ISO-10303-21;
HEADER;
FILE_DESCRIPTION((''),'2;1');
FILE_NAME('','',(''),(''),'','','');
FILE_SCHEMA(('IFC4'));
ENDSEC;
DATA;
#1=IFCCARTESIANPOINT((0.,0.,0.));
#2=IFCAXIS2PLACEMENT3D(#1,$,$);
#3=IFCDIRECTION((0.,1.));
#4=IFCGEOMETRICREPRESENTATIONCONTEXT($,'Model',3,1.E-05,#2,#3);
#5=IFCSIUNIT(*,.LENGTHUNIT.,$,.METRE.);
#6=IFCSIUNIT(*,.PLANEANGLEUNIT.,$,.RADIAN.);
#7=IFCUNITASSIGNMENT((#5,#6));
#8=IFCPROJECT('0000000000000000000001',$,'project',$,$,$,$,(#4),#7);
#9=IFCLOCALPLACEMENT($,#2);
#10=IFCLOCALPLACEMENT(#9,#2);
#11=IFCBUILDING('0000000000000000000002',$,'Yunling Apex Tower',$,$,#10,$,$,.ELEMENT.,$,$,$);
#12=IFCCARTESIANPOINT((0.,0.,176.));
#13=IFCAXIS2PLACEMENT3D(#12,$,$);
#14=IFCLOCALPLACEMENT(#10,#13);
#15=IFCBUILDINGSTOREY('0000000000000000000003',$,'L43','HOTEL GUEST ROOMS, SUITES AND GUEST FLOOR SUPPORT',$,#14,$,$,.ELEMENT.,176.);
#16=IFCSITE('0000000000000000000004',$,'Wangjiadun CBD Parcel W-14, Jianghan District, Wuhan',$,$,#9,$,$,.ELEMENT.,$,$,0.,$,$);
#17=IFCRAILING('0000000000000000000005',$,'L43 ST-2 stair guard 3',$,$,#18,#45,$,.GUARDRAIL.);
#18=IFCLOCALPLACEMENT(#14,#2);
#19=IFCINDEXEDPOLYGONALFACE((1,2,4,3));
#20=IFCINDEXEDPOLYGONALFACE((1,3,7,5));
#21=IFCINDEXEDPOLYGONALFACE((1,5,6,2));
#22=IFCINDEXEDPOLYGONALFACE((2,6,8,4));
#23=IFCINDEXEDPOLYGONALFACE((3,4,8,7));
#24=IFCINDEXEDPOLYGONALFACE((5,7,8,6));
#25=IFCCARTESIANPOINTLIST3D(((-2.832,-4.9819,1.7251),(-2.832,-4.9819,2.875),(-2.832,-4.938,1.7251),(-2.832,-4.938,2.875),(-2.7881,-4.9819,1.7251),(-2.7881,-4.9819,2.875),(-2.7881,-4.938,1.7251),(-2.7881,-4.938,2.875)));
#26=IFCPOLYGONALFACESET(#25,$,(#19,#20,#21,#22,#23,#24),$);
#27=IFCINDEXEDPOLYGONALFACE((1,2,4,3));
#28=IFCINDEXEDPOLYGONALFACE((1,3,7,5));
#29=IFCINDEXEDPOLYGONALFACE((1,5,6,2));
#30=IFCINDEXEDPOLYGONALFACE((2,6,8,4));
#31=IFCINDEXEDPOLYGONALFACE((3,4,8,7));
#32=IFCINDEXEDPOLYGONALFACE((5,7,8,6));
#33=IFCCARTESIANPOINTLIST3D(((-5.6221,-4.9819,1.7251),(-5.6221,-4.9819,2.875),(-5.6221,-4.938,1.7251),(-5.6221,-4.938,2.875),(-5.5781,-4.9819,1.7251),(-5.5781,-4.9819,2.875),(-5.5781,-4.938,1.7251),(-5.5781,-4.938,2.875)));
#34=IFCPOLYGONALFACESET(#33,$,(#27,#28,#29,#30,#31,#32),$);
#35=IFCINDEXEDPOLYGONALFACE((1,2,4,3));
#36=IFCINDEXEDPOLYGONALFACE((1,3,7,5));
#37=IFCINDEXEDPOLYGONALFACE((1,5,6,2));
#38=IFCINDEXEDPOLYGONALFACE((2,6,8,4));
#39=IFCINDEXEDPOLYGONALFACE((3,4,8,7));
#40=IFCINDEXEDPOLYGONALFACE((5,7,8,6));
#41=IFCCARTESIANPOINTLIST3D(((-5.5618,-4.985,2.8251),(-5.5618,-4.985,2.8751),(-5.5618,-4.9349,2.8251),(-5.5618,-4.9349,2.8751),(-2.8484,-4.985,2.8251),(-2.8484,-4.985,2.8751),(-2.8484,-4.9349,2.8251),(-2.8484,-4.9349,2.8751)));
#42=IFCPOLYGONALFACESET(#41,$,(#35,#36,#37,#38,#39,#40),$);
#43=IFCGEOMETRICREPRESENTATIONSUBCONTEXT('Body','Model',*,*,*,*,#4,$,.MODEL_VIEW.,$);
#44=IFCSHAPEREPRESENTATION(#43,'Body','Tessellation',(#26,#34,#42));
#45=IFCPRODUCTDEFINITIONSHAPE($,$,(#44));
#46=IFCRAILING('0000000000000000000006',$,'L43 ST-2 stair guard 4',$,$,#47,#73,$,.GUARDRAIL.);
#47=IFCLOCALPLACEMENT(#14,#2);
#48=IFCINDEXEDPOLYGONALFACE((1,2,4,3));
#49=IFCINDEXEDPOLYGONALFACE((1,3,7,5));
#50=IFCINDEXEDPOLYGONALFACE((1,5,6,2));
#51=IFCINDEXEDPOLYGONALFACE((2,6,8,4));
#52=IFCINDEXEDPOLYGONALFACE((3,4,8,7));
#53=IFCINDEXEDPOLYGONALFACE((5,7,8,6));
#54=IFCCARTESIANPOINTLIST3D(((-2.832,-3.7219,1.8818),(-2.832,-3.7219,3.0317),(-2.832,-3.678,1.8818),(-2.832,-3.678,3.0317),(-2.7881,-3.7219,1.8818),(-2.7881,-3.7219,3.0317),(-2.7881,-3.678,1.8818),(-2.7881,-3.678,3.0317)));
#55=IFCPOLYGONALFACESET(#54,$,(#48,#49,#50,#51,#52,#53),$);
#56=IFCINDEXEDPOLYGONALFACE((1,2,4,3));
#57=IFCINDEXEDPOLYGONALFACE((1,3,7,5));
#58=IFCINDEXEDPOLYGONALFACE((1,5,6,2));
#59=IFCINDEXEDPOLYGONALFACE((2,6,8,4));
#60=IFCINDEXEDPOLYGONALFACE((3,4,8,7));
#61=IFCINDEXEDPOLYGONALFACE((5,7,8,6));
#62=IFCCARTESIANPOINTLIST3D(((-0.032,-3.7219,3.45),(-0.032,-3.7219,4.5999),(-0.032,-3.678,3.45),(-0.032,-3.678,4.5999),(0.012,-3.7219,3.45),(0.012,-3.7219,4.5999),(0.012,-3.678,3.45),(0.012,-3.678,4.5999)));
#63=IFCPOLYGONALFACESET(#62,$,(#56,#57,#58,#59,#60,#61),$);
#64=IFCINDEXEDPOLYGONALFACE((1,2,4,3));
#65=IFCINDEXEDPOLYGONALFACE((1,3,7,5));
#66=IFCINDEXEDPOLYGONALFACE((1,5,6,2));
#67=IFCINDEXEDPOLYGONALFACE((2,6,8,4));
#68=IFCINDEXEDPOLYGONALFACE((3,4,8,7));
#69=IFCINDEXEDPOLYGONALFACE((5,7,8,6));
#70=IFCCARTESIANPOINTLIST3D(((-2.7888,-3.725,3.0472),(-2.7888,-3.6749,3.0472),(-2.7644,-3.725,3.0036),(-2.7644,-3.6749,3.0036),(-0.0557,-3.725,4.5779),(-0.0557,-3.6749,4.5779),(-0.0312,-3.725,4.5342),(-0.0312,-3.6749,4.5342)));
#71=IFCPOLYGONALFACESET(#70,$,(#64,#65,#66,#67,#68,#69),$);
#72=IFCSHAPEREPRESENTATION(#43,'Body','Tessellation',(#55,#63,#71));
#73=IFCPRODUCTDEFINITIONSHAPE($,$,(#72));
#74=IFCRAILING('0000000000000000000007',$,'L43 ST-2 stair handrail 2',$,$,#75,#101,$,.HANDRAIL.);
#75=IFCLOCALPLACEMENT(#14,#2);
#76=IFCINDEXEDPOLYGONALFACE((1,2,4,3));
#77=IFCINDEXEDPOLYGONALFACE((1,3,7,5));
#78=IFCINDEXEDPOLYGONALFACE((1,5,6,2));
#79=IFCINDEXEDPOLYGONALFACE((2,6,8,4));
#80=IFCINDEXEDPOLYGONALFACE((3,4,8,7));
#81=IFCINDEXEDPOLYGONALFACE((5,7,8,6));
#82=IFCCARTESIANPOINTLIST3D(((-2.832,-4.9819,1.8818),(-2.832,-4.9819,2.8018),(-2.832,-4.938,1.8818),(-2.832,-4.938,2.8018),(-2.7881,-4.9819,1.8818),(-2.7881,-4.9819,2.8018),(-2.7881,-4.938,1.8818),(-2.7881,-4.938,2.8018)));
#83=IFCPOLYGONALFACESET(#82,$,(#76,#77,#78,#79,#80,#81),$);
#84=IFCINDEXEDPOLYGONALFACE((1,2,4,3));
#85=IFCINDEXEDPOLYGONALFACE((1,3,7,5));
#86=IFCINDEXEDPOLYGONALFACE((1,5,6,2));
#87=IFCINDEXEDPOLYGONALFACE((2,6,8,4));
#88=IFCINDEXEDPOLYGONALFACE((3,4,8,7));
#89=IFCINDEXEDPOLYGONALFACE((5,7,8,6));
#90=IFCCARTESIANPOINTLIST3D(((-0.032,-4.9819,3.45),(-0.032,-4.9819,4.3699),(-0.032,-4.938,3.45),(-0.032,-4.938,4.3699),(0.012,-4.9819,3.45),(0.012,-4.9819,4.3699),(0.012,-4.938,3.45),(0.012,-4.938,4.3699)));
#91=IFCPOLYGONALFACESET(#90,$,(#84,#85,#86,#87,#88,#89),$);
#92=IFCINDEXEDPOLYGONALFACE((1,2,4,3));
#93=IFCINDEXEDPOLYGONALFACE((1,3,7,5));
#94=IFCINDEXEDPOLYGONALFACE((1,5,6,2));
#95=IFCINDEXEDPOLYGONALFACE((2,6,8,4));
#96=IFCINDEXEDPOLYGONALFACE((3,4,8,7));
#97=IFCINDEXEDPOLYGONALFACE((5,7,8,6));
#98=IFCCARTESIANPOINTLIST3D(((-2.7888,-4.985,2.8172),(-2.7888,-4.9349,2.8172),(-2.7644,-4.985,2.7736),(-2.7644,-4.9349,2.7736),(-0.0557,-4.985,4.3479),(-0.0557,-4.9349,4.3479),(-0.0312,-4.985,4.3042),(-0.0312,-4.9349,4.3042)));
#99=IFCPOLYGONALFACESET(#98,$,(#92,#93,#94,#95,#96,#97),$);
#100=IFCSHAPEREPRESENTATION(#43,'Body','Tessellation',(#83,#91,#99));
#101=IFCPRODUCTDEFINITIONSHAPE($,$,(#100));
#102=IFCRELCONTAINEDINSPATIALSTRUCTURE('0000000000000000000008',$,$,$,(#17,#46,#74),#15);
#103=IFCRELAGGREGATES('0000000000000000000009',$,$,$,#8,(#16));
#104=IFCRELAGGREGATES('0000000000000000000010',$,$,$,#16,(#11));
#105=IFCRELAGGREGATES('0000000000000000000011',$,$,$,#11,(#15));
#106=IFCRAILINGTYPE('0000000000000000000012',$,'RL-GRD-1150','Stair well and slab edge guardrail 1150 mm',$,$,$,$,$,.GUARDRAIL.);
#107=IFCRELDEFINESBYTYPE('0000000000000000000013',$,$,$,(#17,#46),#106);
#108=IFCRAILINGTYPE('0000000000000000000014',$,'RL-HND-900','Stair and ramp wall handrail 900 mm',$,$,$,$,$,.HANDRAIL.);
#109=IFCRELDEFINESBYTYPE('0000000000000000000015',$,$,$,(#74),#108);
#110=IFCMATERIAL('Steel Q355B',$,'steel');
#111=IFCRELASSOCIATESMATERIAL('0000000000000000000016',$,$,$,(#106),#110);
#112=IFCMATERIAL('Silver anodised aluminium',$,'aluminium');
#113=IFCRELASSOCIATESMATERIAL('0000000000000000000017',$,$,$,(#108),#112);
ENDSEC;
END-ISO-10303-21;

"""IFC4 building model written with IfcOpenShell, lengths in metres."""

from ifc_helpers import new_model, si_unit, direction, frame, origin, origin_2d, place, context, subcontext, project, spatial, rectangle, extrude, material, type_object, element, save


model = new_model("IFC4")

# Units and contexts
model_context = context("Model", 3, precision=1e-05, world=origin(), true_north=direction((0.0, 1.0)))
body_context = subcontext(model_context, "Body", "Model", "MODEL_VIEW")
ifc_project = project(units=[si_unit("LENGTHUNIT", "METRE"), si_unit("PLANEANGLEUNIT", "RADIAN")], contexts=[model_context])

# Site, building, storey
site_placement = place(None, origin())
site = spatial("IfcSite", under=ifc_project, at=site_placement, Name="Wangjiadun CBD Parcel W-14, Jianghan District, Wuhan", CompositionType="ELEMENT", RefElevation=0.0)
building_placement = place(site_placement, origin())
building = spatial("IfcBuilding", under=site, at=building_placement, Name="Yunling Apex Tower", CompositionType="ELEMENT")
storey_placement = place(building_placement, frame((0.0, 0.0, 176.0)))
storey = spatial("IfcBuildingStorey", under=building, at=storey_placement, Name="L43", Description="HOTEL GUEST ROOMS, SUITES AND GUEST FLOOR SUPPORT", CompositionType="ELEMENT", Elevation=176.0)

# Shared definitions
ifc_material_1 = material(Name="Steel Q355B", Category="steel")

# Shared definitions
ifc_material_2 = material(Name="Silver anodised aluminium", Category="aluminium")

# Railings
railing_type_1 = type_object("IfcRailingType", Name="RL-GRD-1150", Description="Stair well and slab edge guardrail 1150 mm", PredefinedType="GUARDRAIL", material=ifc_material_1)
railing_1_placement = place(storey_placement, frame((-2.8101, -4.96, 1.7251)))
element("IfcRailing", 1, at=railing_1_placement, inside=storey, type_object=railing_type_1, Name="L43 ST-2 stair guard 3", PredefinedType="GUARDRAIL", context=body_context, shape_type="SweptSolid", body=[
    extrude(rectangle(XDim=0.0439, YDim=0.0439, at=origin_2d()), origin(), (0.0, 0.0, 1.0), 1.1499),
    extrude(rectangle(XDim=0.0439, YDim=0.0439, at=origin_2d()), frame((-2.79, 0.0, 0.0)), (0.0, 0.0, 1.0), 1.1499),
    extrude(rectangle(XDim=0.05, YDim=0.05, at=origin_2d()), frame((-0.0383, 0.0, 1.125), z_axis=(-1.0, 0.0, 0.0), x_axis=(0.0, -1.0, 0.0)), (0.0, 0.0, 1.0), 2.7134),
])
railing_2_placement = place(storey_placement, frame((-2.8101, -3.7, 1.8818)))
element("IfcRailing", 2, at=railing_2_placement, inside=storey, type_object=railing_type_1, Name="L43 ST-2 stair guard 4", PredefinedType="GUARDRAIL", context=body_context, shape_type="SweptSolid", body=[
    extrude(rectangle(XDim=0.0439, YDim=0.0439, at=origin_2d()), origin(), (0.0, 0.0, 1.0), 1.1499),
    extrude(rectangle(XDim=0.0439, YDim=0.0439, at=origin_2d()), frame((2.8, 0.0, 1.5681)), (0.0, 0.0, 1.0), 1.1499),
    extrude(rectangle(XDim=0.05, YDim=0.05, at=origin_2d()), frame((0.0334, 0.0, 1.1436), z_axis=(0.872494, 0.0, 0.488624), x_axis=(0.0, 1.0, 0.0)), (0.0, 0.0, 1.0), 3.1326),
])
railing_type_2 = type_object("IfcRailingType", Name="RL-HND-900", Description="Stair and ramp wall handrail 900 mm", PredefinedType="HANDRAIL", material=ifc_material_2)
railing_3_placement = place(storey_placement, frame((-2.8101, -4.96, 1.8818)))
element("IfcRailing", 3, at=railing_3_placement, inside=storey, type_object=railing_type_2, Name="L43 ST-2 stair handrail 2", PredefinedType="HANDRAIL", context=body_context, shape_type="SweptSolid", body=[
    extrude(rectangle(XDim=0.0439, YDim=0.0439, at=origin_2d()), origin(), (0.0, 0.0, 1.0), 0.9199),
    extrude(rectangle(XDim=0.0439, YDim=0.0439, at=origin_2d()), frame((2.8, 0.0, 1.5681)), (0.0, 0.0, 1.0), 0.9199),
    extrude(rectangle(XDim=0.05, YDim=0.05, at=origin_2d()), frame((0.0334, 0.0, 0.9136), z_axis=(0.872494, 0.0, 0.488624), x_axis=(0.0, 1.0, 0.0)), (0.0, 0.0, 1.0), 3.1326),
])

save(model, "model.ifc")
